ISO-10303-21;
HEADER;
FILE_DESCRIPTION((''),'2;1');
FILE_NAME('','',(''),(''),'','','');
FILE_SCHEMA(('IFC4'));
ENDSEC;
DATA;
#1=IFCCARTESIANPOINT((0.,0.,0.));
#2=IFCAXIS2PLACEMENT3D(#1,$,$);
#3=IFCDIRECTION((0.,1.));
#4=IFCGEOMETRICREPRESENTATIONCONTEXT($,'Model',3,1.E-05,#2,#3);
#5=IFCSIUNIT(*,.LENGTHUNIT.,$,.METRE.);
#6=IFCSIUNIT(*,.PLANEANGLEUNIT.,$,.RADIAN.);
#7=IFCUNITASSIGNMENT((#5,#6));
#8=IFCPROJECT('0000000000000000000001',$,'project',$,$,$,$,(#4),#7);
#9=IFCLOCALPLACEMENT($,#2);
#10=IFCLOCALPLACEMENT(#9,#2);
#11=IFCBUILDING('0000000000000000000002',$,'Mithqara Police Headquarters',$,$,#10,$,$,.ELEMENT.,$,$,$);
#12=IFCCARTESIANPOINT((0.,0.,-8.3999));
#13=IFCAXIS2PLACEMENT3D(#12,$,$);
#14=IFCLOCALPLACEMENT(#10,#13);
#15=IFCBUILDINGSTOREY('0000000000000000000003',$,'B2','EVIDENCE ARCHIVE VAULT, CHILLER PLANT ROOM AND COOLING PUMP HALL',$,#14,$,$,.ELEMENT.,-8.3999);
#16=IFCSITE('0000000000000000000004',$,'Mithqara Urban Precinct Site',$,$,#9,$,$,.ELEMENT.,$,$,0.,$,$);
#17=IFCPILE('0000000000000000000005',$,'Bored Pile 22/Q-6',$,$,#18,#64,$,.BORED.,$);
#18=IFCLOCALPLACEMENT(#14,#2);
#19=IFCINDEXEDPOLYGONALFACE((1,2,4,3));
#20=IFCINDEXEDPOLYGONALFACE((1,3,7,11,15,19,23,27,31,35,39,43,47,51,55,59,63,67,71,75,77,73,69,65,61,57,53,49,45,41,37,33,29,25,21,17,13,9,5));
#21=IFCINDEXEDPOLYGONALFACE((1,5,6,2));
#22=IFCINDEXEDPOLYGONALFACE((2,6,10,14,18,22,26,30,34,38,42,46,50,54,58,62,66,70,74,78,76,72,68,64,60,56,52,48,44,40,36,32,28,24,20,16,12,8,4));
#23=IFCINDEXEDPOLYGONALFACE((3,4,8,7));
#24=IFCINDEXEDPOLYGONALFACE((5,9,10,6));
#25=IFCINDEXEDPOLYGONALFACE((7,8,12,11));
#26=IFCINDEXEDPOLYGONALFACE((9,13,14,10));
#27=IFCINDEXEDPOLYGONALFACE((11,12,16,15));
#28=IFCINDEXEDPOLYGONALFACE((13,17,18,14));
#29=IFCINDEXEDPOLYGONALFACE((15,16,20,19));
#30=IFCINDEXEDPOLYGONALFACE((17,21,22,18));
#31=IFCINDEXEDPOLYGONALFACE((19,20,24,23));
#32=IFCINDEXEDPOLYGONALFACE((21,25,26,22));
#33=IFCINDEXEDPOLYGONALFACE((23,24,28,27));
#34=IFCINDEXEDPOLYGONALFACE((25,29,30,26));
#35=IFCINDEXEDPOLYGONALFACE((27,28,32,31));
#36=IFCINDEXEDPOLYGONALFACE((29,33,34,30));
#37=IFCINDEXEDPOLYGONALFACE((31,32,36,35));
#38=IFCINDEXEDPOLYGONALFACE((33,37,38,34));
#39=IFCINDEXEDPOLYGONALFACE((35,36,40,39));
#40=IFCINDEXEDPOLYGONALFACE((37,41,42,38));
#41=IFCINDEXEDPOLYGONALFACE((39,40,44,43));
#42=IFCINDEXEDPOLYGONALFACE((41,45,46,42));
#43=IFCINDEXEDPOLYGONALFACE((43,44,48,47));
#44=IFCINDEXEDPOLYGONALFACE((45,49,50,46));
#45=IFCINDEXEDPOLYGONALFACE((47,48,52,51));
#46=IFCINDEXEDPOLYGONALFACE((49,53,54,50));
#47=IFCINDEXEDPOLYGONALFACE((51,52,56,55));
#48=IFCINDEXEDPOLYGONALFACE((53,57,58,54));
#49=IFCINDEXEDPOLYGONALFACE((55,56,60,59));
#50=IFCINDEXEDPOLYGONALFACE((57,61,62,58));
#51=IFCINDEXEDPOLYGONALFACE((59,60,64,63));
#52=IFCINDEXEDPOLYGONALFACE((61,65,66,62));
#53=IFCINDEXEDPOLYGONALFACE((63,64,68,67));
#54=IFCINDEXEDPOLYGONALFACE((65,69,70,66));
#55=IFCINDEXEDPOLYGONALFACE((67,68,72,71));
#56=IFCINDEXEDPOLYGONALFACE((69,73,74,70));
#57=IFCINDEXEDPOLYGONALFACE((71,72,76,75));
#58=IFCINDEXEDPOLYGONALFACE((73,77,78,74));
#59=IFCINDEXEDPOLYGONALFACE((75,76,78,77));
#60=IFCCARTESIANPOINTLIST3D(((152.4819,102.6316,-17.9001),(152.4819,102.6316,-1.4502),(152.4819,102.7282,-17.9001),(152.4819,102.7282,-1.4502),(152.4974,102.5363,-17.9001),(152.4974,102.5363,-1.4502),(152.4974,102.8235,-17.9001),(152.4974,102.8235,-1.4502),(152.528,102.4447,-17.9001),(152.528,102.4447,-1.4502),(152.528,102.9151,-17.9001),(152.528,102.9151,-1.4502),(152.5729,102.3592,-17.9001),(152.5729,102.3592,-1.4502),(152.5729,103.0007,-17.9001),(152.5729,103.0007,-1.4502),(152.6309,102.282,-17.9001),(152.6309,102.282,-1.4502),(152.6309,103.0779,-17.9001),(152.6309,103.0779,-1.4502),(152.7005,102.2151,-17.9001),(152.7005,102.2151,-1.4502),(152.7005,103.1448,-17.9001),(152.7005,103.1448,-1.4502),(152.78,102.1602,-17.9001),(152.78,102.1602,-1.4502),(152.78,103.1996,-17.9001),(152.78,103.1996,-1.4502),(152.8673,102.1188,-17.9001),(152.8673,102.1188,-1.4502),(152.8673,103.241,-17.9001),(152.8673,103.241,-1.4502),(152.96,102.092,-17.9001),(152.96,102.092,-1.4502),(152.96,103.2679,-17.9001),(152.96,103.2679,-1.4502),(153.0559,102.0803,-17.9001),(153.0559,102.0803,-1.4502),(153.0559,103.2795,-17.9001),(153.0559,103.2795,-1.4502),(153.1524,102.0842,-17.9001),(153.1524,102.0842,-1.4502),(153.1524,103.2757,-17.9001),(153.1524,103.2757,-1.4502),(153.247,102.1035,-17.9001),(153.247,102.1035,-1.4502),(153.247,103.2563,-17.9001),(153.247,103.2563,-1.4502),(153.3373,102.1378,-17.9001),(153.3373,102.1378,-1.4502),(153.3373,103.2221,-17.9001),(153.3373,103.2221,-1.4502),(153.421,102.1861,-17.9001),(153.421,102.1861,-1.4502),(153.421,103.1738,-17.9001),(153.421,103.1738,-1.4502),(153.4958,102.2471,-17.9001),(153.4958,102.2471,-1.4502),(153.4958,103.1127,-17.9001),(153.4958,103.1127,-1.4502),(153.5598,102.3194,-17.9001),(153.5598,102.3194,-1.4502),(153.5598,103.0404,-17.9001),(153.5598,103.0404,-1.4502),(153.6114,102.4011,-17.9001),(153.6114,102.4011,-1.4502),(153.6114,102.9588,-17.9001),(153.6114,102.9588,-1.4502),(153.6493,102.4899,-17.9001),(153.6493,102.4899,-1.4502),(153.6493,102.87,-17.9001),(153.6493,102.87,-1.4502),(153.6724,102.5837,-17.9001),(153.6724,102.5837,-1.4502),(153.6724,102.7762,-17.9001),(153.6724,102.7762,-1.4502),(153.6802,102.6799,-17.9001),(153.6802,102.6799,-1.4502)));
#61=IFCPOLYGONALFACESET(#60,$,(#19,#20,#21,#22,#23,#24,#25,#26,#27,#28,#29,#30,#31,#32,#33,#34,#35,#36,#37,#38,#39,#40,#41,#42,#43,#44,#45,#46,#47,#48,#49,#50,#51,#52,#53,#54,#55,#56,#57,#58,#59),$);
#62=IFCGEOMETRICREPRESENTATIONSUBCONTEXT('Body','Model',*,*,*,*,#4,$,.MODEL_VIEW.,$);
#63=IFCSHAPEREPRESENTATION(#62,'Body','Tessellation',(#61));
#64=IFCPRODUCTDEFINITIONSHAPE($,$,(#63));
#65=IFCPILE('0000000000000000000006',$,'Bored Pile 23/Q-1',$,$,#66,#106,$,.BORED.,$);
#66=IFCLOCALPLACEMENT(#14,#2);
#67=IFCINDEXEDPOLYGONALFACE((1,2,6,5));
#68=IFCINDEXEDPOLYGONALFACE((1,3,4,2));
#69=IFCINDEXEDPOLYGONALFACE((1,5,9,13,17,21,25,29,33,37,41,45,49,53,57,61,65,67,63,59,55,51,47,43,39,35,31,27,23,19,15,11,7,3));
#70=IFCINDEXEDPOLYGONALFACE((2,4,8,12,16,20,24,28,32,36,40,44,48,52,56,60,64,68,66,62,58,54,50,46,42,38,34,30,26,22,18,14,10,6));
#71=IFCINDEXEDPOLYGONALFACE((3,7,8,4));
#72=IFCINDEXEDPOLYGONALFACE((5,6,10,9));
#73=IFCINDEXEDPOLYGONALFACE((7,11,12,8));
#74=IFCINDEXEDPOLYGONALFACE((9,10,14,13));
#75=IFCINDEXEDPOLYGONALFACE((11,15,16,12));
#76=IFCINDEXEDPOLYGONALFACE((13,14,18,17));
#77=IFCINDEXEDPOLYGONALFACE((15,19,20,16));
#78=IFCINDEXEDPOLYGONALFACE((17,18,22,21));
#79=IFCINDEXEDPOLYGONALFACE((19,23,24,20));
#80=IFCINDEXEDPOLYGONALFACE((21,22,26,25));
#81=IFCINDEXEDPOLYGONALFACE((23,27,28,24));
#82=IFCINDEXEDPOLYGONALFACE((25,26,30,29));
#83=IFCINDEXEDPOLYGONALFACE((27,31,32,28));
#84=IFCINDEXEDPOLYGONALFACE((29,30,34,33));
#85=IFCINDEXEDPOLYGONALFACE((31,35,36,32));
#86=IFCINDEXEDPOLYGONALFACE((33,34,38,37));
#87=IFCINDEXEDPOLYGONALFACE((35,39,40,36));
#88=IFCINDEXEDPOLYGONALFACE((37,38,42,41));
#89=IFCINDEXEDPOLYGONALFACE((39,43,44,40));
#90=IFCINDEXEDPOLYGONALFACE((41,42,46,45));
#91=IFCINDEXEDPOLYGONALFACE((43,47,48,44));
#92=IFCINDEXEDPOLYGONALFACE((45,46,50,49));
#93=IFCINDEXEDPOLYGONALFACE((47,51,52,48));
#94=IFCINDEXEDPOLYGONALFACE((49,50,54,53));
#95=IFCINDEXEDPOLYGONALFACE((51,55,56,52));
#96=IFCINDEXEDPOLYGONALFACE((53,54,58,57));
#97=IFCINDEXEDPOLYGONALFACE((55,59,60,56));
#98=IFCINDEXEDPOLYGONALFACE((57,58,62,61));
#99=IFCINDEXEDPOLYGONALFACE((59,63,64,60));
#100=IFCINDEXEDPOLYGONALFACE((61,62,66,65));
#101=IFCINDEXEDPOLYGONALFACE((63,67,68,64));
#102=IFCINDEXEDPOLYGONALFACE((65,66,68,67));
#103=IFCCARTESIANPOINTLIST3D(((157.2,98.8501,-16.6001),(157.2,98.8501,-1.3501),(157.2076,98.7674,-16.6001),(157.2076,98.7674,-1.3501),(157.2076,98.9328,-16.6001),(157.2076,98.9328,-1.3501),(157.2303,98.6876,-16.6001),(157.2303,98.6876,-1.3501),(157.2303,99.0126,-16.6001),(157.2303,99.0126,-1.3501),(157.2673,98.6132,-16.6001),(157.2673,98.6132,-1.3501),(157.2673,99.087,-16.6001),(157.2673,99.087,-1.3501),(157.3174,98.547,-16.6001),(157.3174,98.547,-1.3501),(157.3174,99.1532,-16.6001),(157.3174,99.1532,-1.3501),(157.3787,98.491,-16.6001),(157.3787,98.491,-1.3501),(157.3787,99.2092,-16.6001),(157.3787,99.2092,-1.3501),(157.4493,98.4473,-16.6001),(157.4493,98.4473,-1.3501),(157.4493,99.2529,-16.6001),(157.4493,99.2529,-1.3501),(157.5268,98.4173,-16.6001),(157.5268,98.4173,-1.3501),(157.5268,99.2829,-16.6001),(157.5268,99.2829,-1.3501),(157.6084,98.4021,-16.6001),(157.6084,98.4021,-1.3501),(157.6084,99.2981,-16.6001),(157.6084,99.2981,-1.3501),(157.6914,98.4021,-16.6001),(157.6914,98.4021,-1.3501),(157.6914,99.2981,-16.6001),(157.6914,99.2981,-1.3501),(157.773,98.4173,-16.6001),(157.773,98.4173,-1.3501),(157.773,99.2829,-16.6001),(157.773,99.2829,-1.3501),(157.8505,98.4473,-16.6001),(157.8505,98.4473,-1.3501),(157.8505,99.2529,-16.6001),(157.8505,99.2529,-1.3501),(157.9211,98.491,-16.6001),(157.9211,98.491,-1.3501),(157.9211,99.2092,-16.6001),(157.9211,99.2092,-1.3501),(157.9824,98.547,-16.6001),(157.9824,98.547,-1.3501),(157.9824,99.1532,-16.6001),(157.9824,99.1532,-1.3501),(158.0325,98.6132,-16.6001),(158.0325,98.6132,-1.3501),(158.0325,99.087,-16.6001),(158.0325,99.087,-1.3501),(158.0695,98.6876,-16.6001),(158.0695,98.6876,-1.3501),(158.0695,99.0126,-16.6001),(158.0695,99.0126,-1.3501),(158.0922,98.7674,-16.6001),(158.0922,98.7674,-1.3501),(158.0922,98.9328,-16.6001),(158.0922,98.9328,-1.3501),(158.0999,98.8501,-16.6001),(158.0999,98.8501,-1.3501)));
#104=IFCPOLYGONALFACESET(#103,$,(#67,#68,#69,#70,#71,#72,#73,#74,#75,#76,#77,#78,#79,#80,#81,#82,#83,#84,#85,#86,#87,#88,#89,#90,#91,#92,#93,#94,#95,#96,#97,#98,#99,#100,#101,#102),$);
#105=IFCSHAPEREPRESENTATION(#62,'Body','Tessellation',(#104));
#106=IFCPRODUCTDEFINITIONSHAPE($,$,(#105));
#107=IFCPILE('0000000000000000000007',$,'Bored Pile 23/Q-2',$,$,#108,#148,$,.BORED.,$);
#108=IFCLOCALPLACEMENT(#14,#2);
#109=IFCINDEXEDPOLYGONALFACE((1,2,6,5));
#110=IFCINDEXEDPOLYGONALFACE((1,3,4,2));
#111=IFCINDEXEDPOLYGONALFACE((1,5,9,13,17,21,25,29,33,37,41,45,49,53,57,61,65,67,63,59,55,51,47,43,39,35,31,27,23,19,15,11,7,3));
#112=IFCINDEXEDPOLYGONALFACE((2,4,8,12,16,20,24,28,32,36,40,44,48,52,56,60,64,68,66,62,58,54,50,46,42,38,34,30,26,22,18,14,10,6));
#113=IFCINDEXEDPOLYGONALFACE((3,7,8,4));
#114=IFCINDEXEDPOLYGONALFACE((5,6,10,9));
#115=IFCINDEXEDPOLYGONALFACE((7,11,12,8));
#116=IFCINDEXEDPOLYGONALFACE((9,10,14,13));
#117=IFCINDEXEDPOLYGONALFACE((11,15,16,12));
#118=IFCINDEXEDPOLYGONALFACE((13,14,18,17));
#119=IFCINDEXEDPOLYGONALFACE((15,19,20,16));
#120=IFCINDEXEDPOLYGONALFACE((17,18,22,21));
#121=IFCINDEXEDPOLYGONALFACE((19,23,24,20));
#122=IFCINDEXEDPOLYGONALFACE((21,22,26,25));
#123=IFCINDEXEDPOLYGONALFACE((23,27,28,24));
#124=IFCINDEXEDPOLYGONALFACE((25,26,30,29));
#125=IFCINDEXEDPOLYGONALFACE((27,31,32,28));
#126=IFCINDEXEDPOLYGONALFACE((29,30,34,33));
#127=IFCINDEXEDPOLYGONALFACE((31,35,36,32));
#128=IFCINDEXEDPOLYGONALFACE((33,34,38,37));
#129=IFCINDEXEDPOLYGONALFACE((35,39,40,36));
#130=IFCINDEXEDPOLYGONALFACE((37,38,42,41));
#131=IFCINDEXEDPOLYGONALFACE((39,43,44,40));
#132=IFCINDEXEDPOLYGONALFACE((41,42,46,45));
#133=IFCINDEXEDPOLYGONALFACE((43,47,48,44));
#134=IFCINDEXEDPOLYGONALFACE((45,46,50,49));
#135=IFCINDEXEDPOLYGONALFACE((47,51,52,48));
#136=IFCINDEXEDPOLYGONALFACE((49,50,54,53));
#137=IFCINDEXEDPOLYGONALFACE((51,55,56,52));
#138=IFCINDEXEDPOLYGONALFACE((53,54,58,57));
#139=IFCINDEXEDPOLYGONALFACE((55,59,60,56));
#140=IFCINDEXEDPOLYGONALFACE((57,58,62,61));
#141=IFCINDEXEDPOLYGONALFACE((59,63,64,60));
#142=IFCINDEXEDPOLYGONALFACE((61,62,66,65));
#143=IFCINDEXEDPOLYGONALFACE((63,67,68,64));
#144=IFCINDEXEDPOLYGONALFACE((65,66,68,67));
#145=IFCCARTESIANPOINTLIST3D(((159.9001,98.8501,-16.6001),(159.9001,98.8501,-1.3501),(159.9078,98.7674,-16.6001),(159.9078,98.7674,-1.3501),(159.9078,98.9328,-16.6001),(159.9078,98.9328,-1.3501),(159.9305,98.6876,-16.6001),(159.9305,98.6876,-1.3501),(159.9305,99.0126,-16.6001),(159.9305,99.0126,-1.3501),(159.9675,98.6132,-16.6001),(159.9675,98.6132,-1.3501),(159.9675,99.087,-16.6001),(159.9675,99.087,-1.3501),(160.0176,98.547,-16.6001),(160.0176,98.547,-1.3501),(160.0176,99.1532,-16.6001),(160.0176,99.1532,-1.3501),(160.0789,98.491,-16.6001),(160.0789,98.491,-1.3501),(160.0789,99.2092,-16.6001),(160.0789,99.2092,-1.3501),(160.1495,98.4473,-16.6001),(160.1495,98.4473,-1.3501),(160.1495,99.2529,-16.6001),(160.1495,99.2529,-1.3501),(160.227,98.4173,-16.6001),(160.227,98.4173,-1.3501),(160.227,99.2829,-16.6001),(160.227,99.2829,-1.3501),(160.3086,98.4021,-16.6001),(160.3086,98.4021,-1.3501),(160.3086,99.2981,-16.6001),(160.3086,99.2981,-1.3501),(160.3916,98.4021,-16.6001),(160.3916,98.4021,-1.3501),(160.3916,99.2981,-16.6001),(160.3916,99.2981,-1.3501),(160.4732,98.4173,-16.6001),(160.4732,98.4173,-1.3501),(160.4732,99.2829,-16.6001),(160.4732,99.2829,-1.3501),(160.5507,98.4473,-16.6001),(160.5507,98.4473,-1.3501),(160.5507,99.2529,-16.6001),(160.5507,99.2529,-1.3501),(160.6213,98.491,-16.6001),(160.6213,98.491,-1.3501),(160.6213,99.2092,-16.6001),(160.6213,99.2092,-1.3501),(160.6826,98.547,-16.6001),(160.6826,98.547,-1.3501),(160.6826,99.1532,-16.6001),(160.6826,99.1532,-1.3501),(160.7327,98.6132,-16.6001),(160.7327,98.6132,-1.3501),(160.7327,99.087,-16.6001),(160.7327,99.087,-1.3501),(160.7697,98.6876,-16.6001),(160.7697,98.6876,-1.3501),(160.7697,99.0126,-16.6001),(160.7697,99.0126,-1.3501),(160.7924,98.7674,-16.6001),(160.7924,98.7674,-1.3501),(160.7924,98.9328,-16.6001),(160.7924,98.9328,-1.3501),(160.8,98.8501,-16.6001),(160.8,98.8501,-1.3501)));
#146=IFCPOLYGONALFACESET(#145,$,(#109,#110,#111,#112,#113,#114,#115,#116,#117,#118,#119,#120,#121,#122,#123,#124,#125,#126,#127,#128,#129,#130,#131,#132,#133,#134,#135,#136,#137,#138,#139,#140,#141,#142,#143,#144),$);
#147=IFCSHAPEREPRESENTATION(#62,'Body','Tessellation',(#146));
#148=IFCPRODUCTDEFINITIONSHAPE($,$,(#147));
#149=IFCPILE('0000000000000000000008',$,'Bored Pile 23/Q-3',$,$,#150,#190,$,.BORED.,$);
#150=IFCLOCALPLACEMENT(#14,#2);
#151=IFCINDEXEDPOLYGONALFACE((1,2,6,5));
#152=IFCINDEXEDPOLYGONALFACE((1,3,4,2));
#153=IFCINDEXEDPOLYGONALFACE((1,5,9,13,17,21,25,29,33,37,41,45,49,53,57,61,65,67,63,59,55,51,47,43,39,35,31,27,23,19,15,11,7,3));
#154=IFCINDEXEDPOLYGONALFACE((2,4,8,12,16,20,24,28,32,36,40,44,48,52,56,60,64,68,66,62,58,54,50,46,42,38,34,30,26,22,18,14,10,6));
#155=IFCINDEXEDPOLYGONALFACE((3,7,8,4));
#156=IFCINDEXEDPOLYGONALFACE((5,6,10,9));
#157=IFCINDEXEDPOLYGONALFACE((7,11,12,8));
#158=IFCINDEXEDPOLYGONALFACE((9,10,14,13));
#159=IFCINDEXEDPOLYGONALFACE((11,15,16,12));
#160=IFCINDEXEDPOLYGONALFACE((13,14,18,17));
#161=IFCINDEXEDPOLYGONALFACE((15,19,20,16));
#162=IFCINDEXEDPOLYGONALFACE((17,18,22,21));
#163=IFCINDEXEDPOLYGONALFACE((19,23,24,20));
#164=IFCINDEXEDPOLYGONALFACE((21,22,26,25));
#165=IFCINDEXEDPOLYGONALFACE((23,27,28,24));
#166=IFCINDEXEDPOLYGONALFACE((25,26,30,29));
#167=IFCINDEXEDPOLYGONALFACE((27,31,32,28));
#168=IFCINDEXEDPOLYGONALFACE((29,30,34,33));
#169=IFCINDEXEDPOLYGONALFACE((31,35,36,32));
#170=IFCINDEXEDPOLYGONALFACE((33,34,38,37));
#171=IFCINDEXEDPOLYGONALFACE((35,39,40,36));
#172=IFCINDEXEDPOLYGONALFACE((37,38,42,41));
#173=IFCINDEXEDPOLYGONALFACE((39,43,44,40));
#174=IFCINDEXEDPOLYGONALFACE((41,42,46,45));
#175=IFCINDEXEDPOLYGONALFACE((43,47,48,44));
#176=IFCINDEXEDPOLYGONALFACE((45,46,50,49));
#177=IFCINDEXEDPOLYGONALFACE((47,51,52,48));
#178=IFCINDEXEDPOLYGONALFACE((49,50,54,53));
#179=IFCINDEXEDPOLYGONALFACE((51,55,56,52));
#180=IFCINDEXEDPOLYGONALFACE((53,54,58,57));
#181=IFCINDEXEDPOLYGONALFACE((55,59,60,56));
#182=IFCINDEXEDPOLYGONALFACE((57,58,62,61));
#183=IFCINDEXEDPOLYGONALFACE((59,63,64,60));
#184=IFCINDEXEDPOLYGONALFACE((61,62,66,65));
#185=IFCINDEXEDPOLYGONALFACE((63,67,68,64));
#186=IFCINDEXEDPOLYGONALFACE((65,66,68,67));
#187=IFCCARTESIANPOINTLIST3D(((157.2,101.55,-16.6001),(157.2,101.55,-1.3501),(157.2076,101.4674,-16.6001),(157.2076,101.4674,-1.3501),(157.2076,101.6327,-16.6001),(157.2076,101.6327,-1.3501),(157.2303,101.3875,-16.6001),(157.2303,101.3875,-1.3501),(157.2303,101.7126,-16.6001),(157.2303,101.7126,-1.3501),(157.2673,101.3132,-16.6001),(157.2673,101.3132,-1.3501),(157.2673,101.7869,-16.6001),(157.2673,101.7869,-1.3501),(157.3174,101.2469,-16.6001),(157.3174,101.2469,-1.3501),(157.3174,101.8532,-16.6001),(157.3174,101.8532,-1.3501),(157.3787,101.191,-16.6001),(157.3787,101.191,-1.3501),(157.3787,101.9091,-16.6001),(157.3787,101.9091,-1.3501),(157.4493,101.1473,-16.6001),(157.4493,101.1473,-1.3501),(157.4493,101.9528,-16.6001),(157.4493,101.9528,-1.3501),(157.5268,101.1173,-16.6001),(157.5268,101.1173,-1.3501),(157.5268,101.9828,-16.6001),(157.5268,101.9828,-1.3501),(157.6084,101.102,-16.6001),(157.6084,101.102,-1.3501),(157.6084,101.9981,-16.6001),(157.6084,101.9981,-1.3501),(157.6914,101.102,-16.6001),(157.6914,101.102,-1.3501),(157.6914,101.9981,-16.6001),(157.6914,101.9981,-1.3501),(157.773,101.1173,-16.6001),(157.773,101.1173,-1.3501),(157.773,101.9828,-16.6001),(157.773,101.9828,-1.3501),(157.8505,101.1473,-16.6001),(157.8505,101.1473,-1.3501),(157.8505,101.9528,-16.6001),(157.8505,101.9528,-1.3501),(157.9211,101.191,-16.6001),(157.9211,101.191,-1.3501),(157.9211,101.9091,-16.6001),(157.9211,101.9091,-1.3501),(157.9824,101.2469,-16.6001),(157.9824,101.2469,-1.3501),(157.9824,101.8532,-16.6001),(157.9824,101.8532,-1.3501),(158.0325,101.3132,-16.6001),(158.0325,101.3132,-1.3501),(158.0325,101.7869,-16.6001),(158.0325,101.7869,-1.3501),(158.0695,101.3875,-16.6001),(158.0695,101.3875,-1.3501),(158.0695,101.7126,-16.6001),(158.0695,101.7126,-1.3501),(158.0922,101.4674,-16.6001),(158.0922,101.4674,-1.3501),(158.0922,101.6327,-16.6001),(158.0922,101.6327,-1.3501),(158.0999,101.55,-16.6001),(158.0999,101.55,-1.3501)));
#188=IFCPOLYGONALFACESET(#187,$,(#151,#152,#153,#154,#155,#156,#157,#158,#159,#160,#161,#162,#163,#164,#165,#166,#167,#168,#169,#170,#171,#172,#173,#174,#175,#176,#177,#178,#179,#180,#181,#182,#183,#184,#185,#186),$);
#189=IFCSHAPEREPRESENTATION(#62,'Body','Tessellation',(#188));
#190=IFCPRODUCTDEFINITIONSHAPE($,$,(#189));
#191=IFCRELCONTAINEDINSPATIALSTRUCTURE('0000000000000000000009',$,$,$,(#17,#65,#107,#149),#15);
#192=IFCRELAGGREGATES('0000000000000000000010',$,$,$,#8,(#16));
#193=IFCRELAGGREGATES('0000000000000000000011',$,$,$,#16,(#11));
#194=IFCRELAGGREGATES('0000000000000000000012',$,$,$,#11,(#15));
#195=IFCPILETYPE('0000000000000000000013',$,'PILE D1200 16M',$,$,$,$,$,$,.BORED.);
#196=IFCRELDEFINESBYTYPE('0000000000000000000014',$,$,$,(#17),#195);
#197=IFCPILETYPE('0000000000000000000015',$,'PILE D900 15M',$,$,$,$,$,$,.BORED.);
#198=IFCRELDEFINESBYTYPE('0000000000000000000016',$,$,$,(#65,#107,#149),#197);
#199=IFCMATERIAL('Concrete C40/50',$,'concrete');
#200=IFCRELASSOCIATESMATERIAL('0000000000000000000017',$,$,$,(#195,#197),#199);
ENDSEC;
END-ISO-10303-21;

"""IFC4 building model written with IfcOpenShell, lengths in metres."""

from ifc_helpers import new_model, si_unit, direction, frame, origin, origin_2d, place, context, subcontext, project, spatial, circle, extrude, material, material_profile, profile_set, type_object, element, save


model = new_model("IFC4")

# Units and contexts
model_context = context("Model", 3, precision=1e-05, world=origin(), true_north=direction((0.0, 1.0)))
body_context = subcontext(model_context, "Body", "Model", "MODEL_VIEW")
ifc_project = project(units=[si_unit("LENGTHUNIT", "METRE"), si_unit("PLANEANGLEUNIT", "RADIAN")], contexts=[model_context])

# Site, building, storey
site_placement = place(None, origin())
site = spatial("IfcSite", under=ifc_project, at=site_placement, Name="Mithqara Urban Precinct Site", CompositionType="ELEMENT", RefElevation=0.0)
building_placement = place(site_placement, origin())
building = spatial("IfcBuilding", under=site, at=building_placement, Name="Mithqara Police Headquarters", CompositionType="ELEMENT")
storey_placement = place(building_placement, frame((0.0, 0.0, -8.3999)))
storey = spatial("IfcBuildingStorey", under=building, at=storey_placement, Name="B2", Description="EVIDENCE ARCHIVE VAULT, CHILLER PLANT ROOM AND COOLING PUMP HALL", CompositionType="ELEMENT", Elevation=-8.3999)

# Shared definitions
ifc_material_1 = material(Name="Concrete C40/50", Category="concrete")

# Piles
ifc_material_profile_1 = material_profile(ifc_material_1, circle(Radius=0.6001, at=origin_2d()), Name="PILE D1200")
ifc_profile_set_1 = profile_set([ifc_material_profile_1], Name="Concrete C40/50")
pile_type_1 = type_object("IfcPileType", Name="PILE D1200 16M", PredefinedType="BORED", material=ifc_profile_set_1)
for number, where, z_axis, x_axis, name in (
    (1, (153.0801, 102.6799, -1.4502), (0.0, 0.0, -1.0), (1.0, 0.0, 0.0), "Bored Pile 22/Q-6"),
):
    element("IfcPile", number, at=place(storey_placement, frame(where, z_axis=z_axis, x_axis=x_axis)), inside=storey, type_object=pile_type_1, Name=name, PredefinedType="BORED", context=body_context, shape_type="SweptSolid", body=[
        extrude(circle(Radius=0.6001, at=origin_2d()), origin(), (0.0, 0.0, 1.0), 16.45),
    ])
ifc_material_profile_2 = material_profile(ifc_material_1, circle(Radius=0.45, at=origin_2d()), Name="PILE D900")
ifc_profile_set_2 = profile_set([ifc_material_profile_2], Name="Concrete C40/50")
pile_type_2 = type_object("IfcPileType", Name="PILE D900 15M", PredefinedType="BORED", material=ifc_profile_set_2)
for number, where, z_axis, x_axis, name in (
    (2, (157.6499, 98.8501, -1.3501), (0.0, 0.0, -1.0), (1.0, 0.0, 0.0), "Bored Pile 23/Q-1"),
    (3, (160.3501, 98.8501, -1.3501), (0.0, 0.0, -1.0), (1.0, 0.0, 0.0), "Bored Pile 23/Q-2"),
    (4, (157.6499, 101.55, -1.3501), (0.0, 0.0, -1.0), (1.0, 0.0, 0.0), "Bored Pile 23/Q-3"),
):
    element("IfcPile", number, at=place(storey_placement, frame(where, z_axis=z_axis, x_axis=x_axis)), inside=storey, type_object=pile_type_2, Name=name, PredefinedType="BORED", context=body_context, shape_type="SweptSolid", body=[
        extrude(circle(Radius=0.45, at=origin_2d()), origin(), (0.0, 0.0, 1.0), 15.25),
    ])

save(model, "model.ifc")
